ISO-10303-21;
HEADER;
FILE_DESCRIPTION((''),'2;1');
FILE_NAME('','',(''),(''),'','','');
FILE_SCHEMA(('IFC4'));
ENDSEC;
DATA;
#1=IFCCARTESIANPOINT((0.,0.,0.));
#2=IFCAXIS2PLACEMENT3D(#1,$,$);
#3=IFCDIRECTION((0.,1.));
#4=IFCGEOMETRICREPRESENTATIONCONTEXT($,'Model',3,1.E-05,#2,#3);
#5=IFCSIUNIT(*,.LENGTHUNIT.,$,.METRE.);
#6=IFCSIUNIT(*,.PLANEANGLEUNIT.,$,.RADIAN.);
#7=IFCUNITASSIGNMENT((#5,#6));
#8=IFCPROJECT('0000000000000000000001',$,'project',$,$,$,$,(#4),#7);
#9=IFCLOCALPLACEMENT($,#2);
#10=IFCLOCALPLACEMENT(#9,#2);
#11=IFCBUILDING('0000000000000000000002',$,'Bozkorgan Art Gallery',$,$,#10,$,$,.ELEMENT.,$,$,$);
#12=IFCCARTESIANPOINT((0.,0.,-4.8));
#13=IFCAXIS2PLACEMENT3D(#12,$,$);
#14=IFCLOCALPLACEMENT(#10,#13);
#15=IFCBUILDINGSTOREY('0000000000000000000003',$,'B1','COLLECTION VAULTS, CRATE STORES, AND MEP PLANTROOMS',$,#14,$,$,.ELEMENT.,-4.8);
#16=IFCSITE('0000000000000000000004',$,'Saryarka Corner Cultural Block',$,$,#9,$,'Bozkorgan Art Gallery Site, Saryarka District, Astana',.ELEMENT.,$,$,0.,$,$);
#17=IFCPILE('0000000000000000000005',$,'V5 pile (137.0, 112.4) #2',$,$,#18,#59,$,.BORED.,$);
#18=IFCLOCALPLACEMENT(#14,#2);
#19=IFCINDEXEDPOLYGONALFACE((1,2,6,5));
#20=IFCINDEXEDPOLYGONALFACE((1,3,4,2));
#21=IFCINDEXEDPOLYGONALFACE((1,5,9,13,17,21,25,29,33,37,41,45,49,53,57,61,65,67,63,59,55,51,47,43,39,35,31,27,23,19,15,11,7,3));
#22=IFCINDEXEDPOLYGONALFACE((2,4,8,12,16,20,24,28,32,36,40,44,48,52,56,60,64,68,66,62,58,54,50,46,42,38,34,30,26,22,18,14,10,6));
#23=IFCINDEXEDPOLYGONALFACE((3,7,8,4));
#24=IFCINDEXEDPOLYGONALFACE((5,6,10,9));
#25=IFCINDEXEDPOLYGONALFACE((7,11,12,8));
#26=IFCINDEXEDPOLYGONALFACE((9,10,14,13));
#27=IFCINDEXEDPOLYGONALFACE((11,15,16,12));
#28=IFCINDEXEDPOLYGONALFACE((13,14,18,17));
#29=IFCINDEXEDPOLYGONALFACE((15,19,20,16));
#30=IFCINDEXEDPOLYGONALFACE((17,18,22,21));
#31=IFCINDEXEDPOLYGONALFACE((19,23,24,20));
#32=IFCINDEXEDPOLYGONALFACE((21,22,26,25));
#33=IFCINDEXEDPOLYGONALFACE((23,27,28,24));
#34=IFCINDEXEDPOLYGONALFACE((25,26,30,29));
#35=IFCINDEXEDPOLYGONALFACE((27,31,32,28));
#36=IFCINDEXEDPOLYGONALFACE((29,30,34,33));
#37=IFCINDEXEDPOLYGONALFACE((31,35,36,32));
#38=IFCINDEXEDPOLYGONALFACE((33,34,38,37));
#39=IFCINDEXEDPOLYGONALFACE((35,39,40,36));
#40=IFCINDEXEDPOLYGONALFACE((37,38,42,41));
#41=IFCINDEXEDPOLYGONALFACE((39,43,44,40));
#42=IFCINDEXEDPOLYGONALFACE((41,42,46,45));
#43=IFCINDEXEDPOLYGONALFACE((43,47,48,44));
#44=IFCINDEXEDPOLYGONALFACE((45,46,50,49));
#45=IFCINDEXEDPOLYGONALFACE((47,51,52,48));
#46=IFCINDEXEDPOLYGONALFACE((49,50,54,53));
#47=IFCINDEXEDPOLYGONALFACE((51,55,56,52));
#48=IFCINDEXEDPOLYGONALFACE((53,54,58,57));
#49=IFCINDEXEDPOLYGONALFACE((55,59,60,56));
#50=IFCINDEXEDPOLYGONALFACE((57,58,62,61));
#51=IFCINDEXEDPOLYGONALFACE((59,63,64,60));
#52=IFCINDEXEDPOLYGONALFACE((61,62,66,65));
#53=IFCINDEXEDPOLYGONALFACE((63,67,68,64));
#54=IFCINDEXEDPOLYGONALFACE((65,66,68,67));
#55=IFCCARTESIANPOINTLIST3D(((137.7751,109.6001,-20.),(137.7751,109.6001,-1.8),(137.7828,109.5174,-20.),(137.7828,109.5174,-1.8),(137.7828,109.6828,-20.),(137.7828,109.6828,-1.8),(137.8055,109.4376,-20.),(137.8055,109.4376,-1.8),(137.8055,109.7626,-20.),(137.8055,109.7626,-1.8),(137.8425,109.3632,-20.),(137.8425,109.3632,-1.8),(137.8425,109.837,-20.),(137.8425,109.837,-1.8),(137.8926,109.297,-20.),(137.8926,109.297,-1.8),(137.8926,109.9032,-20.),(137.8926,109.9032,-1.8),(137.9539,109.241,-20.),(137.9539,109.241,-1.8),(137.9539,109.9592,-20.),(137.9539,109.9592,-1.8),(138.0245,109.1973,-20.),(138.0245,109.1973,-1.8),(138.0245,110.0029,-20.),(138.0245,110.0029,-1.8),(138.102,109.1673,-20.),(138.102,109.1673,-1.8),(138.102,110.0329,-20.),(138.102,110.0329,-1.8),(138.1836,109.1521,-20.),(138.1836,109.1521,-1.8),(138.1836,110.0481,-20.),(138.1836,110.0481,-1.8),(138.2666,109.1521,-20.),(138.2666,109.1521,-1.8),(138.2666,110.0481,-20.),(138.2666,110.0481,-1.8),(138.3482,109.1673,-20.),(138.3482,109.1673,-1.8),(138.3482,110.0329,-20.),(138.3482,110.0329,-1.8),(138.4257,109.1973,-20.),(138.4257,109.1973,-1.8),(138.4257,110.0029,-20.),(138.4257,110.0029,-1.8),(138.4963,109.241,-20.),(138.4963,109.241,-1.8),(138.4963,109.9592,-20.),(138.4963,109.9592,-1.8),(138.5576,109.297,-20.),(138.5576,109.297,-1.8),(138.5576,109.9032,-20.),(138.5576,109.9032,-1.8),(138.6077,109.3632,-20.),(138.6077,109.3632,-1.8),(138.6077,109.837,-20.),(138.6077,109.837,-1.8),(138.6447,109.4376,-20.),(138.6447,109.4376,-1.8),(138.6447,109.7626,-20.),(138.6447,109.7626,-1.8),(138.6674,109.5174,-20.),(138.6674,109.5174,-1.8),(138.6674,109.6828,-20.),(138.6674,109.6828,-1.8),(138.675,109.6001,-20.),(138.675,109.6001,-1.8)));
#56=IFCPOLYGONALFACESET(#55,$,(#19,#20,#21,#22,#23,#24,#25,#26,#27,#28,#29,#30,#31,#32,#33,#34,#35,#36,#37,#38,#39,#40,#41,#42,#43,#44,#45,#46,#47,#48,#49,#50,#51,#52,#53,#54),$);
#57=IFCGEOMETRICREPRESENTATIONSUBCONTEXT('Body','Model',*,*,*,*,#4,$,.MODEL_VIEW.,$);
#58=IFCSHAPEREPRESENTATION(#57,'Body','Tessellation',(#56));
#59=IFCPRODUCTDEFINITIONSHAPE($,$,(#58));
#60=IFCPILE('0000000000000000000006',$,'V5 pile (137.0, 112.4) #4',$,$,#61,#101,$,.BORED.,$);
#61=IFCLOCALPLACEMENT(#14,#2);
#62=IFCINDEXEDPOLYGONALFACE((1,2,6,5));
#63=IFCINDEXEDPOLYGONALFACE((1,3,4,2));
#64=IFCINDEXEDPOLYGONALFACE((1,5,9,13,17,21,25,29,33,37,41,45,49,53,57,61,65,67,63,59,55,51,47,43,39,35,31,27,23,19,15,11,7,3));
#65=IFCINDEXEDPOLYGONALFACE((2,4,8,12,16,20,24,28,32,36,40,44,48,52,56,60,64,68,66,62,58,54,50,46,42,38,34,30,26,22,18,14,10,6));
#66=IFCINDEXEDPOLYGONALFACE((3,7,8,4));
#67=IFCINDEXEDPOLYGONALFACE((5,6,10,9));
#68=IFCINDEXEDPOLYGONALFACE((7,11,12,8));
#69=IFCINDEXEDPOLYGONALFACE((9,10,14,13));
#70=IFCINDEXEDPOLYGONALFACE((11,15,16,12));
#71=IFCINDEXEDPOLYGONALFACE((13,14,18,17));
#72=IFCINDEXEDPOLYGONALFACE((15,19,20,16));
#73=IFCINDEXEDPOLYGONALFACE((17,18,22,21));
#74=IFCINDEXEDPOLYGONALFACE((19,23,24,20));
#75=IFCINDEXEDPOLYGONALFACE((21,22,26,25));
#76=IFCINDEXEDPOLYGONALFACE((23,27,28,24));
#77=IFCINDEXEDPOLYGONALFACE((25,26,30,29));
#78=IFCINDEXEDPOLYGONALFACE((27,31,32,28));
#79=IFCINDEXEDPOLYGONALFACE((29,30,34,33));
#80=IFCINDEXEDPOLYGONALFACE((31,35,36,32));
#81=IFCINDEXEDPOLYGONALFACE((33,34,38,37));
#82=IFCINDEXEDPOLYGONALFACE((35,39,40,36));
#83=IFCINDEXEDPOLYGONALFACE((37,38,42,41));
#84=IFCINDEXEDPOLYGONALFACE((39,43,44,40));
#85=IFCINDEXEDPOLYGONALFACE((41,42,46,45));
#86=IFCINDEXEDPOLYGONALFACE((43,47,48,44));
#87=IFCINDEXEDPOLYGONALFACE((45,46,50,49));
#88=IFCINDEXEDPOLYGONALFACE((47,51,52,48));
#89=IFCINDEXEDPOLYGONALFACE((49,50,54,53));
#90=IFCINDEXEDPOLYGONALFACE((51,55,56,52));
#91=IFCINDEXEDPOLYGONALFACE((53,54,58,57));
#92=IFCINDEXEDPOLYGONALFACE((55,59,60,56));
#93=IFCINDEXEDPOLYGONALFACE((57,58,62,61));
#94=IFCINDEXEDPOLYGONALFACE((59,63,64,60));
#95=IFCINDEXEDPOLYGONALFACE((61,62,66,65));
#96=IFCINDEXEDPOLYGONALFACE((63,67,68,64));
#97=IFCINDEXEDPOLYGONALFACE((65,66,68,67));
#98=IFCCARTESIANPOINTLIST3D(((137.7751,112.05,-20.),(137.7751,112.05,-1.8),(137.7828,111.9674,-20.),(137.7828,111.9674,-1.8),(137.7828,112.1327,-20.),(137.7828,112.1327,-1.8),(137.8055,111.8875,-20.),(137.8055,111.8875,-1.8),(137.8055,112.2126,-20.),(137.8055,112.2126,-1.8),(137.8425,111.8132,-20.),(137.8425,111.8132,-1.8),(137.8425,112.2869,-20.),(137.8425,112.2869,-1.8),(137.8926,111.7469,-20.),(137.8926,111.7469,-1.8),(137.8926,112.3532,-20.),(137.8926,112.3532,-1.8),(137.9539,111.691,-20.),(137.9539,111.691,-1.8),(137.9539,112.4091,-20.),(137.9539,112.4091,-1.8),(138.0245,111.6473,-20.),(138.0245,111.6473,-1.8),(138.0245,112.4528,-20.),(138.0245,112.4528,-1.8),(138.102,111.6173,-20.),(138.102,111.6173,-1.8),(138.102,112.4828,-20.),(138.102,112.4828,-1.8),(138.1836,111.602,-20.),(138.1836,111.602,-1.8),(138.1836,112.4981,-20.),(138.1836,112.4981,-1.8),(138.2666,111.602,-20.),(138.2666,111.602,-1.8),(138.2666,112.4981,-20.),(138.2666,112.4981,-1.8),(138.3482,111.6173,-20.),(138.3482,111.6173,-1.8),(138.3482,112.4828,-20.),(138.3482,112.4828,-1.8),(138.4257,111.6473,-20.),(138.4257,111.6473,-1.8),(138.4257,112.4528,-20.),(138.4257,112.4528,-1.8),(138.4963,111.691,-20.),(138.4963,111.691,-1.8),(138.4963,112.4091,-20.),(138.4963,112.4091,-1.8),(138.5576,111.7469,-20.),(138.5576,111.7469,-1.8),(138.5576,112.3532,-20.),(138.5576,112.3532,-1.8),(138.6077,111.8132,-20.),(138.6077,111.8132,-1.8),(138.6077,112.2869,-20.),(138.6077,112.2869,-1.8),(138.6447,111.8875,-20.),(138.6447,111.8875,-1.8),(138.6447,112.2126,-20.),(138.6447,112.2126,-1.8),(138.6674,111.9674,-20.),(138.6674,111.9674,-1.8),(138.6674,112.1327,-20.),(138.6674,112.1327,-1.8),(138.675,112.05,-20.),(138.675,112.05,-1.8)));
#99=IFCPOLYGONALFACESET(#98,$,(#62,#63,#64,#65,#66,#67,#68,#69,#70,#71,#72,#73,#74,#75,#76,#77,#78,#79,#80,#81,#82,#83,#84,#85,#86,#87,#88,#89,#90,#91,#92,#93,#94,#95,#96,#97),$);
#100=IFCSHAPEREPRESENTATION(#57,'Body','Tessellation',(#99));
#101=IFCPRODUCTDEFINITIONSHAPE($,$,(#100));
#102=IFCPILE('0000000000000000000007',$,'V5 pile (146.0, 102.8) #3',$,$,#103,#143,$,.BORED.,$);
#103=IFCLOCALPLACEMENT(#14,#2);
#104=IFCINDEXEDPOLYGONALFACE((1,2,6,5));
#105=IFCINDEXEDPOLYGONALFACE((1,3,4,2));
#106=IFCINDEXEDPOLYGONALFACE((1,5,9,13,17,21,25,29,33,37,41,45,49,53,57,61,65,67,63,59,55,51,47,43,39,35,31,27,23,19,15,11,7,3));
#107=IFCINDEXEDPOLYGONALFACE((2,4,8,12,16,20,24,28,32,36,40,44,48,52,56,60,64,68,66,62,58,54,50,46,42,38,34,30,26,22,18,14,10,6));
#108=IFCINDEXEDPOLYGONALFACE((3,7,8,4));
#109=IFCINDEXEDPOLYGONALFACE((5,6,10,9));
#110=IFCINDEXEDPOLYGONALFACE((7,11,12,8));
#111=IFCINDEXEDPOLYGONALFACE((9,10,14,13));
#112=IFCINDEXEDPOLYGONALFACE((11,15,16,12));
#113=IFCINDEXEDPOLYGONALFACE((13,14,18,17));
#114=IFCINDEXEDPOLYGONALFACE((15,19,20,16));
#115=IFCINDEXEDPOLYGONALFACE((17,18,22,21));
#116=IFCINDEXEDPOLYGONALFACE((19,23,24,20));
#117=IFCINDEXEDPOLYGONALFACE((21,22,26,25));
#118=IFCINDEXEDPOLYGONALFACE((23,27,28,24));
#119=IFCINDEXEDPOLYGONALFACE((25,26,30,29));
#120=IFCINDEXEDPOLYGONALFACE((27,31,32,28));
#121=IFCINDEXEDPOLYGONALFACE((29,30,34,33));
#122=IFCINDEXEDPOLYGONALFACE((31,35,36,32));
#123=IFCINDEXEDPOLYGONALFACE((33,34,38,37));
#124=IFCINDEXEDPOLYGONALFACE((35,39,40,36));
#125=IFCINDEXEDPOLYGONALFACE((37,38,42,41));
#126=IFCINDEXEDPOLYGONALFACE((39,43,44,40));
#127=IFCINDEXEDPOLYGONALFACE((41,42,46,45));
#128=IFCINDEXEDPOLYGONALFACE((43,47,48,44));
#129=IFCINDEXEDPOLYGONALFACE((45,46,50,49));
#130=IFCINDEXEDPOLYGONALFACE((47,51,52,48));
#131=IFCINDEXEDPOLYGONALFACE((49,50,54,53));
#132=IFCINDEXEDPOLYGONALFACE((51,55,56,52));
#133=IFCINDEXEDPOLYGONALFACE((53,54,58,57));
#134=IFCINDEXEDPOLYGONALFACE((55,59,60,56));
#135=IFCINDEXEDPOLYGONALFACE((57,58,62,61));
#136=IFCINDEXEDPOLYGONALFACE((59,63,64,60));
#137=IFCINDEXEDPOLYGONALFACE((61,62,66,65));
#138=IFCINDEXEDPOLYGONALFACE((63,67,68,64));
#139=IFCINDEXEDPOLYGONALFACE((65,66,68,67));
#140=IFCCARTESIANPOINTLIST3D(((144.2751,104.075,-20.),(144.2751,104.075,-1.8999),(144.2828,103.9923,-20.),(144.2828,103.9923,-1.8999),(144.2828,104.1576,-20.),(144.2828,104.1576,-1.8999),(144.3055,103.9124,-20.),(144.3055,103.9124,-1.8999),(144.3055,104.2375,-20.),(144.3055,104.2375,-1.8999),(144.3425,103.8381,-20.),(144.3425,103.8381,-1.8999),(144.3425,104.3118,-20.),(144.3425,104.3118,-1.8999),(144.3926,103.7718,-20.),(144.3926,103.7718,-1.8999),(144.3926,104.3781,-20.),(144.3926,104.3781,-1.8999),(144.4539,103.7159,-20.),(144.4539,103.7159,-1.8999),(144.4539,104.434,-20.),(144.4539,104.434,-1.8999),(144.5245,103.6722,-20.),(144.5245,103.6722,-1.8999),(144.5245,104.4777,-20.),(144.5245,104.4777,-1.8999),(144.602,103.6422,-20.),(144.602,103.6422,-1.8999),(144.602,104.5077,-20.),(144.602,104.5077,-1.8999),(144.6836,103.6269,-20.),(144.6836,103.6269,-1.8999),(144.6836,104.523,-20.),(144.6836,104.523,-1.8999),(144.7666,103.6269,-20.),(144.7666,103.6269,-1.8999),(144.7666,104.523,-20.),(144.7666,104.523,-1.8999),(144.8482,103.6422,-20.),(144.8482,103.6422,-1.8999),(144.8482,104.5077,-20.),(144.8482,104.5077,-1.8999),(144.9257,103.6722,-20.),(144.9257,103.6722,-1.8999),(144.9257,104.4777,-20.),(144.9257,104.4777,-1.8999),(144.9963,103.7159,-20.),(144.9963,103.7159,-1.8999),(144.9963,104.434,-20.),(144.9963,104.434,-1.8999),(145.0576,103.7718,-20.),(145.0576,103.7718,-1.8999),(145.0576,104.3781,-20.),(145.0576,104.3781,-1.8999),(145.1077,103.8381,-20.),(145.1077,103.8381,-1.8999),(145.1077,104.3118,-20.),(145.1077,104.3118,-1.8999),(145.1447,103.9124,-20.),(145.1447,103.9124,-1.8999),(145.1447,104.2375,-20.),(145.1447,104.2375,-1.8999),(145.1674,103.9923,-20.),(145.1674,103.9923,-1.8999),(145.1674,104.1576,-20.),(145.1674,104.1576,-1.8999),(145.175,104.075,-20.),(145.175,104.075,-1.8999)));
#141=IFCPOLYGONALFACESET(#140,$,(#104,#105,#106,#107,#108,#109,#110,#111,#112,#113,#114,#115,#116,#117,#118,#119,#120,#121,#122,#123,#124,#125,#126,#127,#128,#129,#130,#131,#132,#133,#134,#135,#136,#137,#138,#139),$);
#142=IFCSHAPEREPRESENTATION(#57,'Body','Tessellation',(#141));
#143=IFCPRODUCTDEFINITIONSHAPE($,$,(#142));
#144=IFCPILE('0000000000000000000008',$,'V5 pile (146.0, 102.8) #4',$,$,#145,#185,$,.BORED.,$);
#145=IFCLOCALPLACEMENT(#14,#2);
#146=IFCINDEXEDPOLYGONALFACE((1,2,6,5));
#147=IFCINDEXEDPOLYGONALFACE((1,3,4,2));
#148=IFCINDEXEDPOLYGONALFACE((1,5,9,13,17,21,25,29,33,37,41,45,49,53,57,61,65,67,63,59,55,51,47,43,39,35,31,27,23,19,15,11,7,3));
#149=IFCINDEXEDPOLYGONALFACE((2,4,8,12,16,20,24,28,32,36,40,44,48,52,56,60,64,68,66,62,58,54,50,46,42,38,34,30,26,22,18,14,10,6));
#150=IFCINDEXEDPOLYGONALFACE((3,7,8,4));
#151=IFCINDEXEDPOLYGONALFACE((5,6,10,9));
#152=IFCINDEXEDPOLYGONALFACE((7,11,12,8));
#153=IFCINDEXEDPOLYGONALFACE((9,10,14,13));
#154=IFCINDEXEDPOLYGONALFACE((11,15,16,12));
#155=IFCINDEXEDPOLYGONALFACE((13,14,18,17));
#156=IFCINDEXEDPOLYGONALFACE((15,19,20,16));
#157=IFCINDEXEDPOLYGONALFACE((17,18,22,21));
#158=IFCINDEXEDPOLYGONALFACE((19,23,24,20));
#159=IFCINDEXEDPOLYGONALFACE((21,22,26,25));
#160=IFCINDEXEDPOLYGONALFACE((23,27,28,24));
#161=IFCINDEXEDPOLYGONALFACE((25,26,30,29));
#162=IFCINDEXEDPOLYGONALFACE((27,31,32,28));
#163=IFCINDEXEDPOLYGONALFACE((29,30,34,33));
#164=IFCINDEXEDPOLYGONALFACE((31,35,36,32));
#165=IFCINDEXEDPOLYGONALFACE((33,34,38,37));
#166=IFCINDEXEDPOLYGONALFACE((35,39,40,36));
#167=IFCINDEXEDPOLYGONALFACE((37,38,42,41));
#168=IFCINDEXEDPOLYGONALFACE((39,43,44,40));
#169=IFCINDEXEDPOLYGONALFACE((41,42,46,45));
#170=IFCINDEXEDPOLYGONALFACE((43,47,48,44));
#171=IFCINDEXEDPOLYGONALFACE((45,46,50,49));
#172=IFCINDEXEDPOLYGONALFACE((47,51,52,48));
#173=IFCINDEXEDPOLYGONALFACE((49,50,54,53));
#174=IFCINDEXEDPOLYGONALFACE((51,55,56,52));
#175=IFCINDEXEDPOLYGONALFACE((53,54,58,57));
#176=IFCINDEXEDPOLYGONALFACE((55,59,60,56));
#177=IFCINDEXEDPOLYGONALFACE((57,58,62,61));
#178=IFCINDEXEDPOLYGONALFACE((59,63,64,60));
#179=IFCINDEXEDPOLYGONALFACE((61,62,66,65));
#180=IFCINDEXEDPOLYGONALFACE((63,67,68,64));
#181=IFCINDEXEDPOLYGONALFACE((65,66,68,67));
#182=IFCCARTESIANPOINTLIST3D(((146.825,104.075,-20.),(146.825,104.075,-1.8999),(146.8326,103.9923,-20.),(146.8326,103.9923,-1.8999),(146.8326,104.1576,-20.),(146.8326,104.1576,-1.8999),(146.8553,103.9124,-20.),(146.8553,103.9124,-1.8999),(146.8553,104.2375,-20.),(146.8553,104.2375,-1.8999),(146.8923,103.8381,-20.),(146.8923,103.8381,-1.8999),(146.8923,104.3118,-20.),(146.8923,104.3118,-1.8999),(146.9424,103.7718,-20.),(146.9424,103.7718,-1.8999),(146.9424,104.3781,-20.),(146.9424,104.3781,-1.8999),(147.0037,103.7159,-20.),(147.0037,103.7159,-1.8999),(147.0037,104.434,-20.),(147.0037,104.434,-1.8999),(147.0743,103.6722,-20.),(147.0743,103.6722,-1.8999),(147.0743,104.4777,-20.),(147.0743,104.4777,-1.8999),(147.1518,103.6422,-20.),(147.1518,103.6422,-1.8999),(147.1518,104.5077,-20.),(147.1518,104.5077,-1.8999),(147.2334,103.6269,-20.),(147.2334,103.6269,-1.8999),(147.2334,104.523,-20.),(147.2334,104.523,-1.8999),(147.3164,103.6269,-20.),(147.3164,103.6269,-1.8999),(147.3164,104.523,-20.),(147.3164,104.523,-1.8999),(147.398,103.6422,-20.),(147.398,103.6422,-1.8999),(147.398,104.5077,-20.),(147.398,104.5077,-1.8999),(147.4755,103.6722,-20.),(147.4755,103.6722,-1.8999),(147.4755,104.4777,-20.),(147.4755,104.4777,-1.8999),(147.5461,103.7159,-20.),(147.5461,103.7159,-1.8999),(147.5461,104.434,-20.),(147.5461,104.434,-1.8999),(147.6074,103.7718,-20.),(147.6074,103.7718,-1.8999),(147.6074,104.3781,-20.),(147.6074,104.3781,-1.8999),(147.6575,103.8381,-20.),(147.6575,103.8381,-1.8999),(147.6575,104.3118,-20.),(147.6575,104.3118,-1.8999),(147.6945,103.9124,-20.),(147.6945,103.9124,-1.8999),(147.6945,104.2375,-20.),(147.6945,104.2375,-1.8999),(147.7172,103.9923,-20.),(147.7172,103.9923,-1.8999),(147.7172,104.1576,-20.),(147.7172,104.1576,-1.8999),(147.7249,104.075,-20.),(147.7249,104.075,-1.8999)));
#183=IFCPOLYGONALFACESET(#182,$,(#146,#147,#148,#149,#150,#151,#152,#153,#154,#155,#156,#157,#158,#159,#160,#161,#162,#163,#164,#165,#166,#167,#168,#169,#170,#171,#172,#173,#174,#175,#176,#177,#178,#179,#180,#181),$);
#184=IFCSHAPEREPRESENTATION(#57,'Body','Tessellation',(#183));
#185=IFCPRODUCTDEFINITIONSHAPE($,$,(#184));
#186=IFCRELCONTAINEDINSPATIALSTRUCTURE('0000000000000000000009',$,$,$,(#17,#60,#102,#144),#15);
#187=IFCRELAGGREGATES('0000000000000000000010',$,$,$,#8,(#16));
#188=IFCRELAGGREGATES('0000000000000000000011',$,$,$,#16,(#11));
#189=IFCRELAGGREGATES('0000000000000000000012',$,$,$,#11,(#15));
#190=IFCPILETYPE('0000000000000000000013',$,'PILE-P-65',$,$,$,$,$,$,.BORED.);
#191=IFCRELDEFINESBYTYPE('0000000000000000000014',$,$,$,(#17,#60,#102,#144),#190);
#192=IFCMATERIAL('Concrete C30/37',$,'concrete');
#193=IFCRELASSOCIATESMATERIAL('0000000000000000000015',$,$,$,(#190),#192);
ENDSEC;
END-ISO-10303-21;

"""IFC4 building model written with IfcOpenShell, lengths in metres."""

from ifc_helpers import new_model, si_unit, direction, frame, origin, origin_2d, place, context, subcontext, project, spatial, circle, extrude, material, material_profile, profile_set, type_object, element, save


model = new_model("IFC4")

# Units and contexts
model_context = context("Model", 3, precision=1e-05, world=origin(), true_north=direction((0.0, 1.0)))
body_context = subcontext(model_context, "Body", "Model", "MODEL_VIEW")
ifc_project = project(units=[si_unit("LENGTHUNIT", "METRE"), si_unit("PLANEANGLEUNIT", "RADIAN")], contexts=[model_context])

# Site, building, storey
site_placement = place(None, origin())
site = spatial("IfcSite", under=ifc_project, at=site_placement, Name="Saryarka Corner Cultural Block", LongName="Bozkorgan Art Gallery Site, Saryarka District, Astana", CompositionType="ELEMENT", RefElevation=0.0)
building_placement = place(site_placement, origin())
building = spatial("IfcBuilding", under=site, at=building_placement, Name="Bozkorgan Art Gallery", CompositionType="ELEMENT")
storey_placement = place(building_placement, frame((0.0, 0.0, -4.8)))
storey = spatial("IfcBuildingStorey", under=building, at=storey_placement, Name="B1", Description="COLLECTION VAULTS, CRATE STORES, AND MEP PLANTROOMS", CompositionType="ELEMENT", Elevation=-4.8)

# Shared definitions
ifc_material_1 = material(Name="Concrete C30/37", Category="concrete")

# Piles
ifc_material_profile_1 = material_profile(ifc_material_1, circle(Radius=0.45, at=origin_2d()), Name="PILE D900")
ifc_profile_set_1 = profile_set([ifc_material_profile_1], Name="Concrete C30/37")
pile_type = type_object("IfcPileType", Name="PILE-P-65", PredefinedType="BORED", material=ifc_profile_set_1)
for number, where, z_axis, x_axis, name in (
    (1, (138.2251, 109.6001, -1.8), (0.0, 0.0, -1.0), (1.0, 0.0, 0.0), "V5 pile (137.0, 112.4) #2"),
    (2, (138.2251, 112.05, -1.8), (0.0, 0.0, -1.0), (1.0, 0.0, 0.0), "V5 pile (137.0, 112.4) #4"),
):
    element("IfcPile", number, at=place(storey_placement, frame(where, z_axis=z_axis, x_axis=x_axis)), inside=storey, type_object=pile_type, Name=name, PredefinedType="BORED", context=body_context, shape_type="SweptSolid", body=[
        extrude(circle(Radius=0.45, at=origin_2d()), origin(), (0.0, 0.0, 1.0), 18.2),
    ])
for number, where, z_axis, x_axis, name in (
    (3, (144.7251, 104.075, -1.8999), (0.0, 0.0, -1.0), (1.0, 0.0, 0.0), "V5 pile (146.0, 102.8) #3"),
    (4, (147.2749, 104.075, -1.8999), (0.0, 0.0, -1.0), (1.0, 0.0, 0.0), "V5 pile (146.0, 102.8) #4"),
):
    element("IfcPile", number, at=place(storey_placement, frame(where, z_axis=z_axis, x_axis=x_axis)), inside=storey, type_object=pile_type, Name=name, PredefinedType="BORED", context=body_context, shape_type="SweptSolid", body=[
        extrude(circle(Radius=0.45, at=origin_2d()), origin(), (0.0, 0.0, 1.0), 18.1001),
    ])

save(model, "model.ifc")
